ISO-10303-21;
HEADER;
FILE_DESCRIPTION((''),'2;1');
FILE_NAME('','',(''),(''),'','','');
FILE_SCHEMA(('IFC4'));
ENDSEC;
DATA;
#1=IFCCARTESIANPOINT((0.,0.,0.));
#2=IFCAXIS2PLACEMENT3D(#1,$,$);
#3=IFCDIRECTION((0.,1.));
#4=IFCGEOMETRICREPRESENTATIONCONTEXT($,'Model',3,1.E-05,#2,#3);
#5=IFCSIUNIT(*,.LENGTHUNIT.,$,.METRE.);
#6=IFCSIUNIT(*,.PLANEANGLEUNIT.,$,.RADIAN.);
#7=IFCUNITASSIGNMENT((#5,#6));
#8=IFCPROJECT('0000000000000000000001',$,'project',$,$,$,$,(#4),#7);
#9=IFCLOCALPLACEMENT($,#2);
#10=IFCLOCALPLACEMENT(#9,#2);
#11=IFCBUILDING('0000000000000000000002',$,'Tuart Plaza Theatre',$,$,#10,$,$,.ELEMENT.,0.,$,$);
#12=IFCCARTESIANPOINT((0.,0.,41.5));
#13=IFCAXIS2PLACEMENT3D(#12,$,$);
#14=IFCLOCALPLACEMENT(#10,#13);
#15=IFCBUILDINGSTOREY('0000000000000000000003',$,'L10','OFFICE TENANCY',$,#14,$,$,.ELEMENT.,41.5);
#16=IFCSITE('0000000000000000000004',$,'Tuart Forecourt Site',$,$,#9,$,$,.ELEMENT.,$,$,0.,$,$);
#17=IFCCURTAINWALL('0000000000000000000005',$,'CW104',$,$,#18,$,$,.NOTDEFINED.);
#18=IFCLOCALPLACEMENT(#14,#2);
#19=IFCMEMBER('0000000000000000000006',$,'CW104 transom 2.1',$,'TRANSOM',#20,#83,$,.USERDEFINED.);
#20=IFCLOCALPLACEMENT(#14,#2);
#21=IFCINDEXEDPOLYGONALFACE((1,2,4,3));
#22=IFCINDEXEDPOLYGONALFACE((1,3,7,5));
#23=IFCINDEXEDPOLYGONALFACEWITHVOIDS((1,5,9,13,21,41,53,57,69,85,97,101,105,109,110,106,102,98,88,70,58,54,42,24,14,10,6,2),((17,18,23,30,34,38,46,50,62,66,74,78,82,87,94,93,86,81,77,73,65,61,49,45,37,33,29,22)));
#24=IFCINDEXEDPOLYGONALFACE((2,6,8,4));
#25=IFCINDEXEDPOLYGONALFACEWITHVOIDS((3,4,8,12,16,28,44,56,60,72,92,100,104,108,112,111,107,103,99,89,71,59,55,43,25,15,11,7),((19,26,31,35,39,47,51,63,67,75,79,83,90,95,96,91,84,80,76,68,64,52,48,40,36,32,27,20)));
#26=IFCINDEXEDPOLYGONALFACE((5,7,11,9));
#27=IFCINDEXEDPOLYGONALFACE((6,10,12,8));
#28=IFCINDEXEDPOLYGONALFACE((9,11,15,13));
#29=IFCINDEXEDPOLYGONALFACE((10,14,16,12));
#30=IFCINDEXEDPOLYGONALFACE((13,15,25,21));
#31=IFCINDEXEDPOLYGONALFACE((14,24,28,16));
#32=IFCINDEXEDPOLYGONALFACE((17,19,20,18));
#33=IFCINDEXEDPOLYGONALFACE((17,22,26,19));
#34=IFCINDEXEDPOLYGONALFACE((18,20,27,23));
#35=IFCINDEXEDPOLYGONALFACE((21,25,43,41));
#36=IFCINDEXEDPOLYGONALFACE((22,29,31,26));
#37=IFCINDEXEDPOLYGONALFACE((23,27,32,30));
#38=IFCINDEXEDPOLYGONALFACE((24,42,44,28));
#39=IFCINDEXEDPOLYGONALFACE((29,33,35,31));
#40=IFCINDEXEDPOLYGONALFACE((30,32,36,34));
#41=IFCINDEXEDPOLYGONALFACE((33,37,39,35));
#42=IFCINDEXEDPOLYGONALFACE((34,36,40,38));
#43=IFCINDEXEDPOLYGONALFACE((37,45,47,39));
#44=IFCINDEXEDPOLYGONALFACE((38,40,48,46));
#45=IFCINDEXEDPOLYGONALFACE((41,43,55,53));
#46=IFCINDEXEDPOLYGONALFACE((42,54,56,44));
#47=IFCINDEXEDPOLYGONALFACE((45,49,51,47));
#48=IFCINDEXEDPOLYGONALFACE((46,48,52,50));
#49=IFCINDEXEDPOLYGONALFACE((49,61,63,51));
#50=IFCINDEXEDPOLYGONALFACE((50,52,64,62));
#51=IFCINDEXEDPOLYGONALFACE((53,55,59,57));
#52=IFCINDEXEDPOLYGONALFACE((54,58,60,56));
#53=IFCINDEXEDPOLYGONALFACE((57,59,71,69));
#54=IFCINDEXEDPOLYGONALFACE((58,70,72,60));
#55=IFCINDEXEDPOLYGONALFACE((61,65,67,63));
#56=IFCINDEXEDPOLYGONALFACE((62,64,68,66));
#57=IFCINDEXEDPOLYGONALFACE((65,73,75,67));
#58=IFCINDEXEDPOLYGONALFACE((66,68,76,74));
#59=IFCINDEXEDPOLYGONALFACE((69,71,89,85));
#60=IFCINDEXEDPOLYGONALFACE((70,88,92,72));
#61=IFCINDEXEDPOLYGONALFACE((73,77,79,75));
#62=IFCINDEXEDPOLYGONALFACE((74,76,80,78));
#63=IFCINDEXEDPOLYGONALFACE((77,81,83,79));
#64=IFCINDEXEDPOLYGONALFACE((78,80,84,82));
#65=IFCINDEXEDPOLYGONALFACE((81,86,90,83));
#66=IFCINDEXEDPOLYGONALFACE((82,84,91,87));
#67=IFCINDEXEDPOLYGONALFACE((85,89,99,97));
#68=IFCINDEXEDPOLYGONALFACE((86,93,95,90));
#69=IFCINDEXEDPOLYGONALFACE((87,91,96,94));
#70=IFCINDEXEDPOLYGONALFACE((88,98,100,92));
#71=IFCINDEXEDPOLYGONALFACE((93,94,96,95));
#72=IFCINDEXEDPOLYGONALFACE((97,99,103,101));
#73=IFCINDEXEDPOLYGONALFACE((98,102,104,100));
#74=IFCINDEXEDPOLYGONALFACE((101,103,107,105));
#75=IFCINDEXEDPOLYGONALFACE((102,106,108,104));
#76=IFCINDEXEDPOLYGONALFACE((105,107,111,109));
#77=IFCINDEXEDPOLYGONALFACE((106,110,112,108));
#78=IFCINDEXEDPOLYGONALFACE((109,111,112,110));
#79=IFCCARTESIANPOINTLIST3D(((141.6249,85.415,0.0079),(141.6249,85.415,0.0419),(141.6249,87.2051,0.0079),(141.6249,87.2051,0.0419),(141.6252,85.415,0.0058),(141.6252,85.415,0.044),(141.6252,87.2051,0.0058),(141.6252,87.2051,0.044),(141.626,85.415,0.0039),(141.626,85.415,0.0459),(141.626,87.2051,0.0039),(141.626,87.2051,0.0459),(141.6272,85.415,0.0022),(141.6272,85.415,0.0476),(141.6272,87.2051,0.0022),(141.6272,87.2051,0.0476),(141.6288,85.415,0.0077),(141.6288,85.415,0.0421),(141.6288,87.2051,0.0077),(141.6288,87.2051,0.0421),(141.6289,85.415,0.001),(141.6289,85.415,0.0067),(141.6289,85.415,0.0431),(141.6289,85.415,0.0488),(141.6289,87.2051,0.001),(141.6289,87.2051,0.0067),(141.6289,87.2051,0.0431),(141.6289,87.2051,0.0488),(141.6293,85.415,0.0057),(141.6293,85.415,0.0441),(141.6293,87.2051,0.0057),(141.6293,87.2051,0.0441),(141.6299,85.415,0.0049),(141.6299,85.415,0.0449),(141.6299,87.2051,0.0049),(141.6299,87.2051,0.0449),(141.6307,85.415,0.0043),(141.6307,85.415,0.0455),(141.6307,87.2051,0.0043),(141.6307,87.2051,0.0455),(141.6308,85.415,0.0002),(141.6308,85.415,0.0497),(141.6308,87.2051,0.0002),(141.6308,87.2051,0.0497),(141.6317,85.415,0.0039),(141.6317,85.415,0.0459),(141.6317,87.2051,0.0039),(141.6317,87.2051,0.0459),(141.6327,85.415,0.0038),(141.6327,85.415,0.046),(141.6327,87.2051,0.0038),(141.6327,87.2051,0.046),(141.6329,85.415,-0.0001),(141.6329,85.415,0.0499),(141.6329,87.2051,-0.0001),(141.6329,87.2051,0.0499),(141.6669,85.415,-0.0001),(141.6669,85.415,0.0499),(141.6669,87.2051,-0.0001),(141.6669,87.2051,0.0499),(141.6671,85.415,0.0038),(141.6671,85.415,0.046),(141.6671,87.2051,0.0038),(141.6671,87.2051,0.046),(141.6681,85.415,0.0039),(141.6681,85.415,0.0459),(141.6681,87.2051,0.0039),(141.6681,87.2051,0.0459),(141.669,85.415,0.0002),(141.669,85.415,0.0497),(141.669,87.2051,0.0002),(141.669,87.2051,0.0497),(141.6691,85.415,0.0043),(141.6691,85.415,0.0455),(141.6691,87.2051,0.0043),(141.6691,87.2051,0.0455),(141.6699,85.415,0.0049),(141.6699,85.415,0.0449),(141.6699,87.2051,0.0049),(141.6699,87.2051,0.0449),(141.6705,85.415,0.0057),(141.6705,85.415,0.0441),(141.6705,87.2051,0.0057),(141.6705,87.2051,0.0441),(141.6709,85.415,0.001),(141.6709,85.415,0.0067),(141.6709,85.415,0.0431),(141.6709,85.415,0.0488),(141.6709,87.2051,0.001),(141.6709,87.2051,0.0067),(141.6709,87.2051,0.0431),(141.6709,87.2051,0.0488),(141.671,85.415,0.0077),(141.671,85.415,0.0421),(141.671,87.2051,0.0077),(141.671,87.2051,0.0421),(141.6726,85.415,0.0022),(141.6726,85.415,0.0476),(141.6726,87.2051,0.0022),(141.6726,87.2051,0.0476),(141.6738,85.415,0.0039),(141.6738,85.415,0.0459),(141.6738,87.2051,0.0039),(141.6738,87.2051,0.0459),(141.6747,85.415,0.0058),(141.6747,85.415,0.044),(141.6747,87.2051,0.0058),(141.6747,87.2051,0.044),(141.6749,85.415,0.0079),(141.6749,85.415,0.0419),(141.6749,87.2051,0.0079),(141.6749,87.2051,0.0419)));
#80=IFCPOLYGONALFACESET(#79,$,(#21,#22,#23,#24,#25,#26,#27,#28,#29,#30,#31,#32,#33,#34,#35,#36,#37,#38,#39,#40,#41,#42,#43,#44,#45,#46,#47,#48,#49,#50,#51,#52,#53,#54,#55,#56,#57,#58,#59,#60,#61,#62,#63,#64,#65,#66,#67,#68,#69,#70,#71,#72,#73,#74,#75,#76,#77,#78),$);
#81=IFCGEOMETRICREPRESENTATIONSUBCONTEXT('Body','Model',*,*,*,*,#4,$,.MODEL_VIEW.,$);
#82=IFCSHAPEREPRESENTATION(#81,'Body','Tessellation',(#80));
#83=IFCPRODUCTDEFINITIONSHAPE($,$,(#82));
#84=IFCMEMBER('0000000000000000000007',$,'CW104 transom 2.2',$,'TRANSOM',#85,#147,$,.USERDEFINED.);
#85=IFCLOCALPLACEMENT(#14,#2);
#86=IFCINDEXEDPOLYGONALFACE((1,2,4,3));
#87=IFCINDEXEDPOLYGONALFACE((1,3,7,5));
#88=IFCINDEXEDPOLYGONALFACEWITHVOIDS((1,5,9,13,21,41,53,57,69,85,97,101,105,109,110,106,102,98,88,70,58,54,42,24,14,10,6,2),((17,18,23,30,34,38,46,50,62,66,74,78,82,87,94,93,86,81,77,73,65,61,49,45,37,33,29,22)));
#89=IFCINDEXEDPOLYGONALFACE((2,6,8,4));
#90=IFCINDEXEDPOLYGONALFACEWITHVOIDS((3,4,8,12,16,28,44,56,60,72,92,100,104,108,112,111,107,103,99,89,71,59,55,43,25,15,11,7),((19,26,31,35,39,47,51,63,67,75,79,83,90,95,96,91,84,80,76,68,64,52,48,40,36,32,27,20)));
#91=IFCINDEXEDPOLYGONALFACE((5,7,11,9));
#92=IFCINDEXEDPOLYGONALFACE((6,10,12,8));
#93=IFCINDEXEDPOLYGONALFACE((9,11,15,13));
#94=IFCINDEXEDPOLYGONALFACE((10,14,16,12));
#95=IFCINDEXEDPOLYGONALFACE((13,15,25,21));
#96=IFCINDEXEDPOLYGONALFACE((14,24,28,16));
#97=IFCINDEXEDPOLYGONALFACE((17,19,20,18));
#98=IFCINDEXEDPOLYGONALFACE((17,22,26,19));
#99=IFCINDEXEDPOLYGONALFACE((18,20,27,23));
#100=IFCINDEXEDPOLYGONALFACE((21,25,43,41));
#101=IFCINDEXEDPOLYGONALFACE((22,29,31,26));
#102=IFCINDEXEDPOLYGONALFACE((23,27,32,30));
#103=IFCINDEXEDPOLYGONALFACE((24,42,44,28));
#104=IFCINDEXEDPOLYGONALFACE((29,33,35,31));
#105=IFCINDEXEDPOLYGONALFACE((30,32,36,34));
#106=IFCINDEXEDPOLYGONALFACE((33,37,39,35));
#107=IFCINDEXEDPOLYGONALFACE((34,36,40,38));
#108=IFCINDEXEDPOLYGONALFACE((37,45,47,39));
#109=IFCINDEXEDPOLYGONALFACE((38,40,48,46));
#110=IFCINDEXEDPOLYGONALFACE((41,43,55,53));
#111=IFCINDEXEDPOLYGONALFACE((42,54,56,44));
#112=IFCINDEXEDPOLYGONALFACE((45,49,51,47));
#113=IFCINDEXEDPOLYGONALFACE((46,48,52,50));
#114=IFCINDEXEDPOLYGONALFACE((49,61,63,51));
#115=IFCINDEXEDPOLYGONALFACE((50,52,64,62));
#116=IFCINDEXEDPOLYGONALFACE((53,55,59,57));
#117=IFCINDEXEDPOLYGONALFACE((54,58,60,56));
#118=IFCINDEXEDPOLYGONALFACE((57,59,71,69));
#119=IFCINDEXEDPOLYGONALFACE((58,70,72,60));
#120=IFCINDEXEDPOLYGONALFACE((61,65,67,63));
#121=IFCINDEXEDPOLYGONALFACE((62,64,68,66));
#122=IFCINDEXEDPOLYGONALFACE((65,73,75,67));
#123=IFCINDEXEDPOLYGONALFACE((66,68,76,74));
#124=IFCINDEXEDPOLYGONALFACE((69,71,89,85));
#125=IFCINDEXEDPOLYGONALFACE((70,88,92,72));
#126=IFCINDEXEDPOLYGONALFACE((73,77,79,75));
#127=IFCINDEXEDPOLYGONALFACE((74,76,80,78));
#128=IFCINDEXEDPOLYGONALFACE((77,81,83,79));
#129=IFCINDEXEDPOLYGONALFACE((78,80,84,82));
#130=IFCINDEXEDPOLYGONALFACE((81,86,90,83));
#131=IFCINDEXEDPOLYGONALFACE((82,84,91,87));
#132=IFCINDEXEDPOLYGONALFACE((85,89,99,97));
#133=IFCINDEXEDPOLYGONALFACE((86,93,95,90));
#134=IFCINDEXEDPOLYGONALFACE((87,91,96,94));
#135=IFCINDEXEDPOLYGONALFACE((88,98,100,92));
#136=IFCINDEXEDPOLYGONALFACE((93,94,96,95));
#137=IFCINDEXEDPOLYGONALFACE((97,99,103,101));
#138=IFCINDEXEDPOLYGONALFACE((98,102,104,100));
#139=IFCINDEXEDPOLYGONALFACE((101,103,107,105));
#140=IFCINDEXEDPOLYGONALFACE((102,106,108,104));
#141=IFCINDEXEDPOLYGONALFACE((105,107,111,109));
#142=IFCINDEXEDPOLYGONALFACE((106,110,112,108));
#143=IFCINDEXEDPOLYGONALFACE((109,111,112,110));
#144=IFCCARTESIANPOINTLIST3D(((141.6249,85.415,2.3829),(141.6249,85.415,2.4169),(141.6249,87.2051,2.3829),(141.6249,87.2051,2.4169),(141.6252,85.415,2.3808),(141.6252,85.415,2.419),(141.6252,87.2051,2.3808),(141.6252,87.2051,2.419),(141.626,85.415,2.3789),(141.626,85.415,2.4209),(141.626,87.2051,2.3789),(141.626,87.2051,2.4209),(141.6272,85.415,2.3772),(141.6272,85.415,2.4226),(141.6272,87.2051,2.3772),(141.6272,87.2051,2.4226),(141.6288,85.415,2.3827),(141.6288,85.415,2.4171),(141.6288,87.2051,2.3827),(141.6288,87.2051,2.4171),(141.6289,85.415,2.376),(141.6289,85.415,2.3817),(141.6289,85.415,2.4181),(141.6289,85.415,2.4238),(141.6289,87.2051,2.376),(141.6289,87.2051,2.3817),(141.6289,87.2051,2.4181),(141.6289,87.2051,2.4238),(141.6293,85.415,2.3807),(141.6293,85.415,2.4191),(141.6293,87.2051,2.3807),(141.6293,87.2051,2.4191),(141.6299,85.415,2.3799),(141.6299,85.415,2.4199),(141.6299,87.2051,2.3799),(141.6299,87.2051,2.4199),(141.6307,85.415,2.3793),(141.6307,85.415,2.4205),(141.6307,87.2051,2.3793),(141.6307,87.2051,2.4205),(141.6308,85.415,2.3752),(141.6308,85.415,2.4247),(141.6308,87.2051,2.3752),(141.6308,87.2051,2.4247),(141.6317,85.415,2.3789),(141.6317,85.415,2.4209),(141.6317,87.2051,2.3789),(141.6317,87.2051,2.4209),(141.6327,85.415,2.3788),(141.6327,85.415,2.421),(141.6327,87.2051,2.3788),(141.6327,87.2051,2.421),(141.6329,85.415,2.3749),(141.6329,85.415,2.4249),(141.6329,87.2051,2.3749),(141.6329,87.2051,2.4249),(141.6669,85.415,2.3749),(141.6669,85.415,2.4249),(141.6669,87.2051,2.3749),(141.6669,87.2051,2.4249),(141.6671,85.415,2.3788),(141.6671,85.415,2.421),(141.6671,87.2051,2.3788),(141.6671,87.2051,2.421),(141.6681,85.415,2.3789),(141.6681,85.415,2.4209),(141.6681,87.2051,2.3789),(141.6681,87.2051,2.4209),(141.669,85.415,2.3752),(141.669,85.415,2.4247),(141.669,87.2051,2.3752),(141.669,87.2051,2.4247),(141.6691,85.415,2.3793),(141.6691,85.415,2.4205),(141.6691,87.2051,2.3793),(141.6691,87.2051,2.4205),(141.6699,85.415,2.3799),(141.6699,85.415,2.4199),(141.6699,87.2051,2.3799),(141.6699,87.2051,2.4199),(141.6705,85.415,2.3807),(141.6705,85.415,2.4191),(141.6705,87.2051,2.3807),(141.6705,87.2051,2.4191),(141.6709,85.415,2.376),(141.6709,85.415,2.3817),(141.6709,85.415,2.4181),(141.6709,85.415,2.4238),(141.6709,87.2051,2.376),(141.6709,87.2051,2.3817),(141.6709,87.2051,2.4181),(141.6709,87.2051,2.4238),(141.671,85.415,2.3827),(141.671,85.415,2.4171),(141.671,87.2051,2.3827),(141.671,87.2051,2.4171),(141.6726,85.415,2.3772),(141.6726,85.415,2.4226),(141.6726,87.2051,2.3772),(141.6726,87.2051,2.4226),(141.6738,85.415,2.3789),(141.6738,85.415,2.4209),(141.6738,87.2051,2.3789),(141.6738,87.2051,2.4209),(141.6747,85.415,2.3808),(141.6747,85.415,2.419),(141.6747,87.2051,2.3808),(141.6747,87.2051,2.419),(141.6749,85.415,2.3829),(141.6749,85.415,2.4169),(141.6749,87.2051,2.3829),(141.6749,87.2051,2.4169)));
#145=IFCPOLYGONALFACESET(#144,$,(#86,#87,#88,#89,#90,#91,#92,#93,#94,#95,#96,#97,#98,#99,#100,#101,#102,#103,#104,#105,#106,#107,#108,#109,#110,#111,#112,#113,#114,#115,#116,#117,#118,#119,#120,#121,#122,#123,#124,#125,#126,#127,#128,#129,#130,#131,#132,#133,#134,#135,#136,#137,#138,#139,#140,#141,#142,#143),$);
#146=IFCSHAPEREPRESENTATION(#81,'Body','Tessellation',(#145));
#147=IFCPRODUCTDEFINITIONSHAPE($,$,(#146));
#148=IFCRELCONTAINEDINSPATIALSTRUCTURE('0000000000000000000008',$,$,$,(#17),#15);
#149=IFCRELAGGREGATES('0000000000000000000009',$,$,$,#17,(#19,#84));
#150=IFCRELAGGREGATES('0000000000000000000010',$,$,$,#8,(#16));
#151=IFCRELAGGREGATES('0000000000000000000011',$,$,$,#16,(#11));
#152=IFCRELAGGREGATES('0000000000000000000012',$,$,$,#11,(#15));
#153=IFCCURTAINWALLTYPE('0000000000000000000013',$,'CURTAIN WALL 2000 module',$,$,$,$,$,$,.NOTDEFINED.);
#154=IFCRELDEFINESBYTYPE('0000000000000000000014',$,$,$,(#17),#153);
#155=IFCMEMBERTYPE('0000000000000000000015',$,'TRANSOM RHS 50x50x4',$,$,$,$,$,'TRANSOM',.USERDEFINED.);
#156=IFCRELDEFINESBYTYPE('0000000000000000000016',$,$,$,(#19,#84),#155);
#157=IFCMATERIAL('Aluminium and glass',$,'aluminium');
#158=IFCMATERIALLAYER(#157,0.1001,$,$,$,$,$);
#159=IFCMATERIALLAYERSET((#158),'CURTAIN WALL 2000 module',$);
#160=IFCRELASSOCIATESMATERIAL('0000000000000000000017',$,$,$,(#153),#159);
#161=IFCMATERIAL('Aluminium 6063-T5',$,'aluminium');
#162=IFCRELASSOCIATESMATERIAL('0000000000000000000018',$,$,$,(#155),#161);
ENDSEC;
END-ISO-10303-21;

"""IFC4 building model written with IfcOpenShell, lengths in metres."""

from ifc_helpers import new_model, si_unit, direction, frame, origin, origin_2d, place, context, subcontext, project, spatial, hollow_rectangle, extrude, material, layer, layer_set, material_profile, profile_set, type_object, element, aggregate, save


model = new_model("IFC4")

# Units and contexts
model_context = context("Model", 3, precision=1e-05, world=origin(), true_north=direction((0.0, 1.0)))
body_context = subcontext(model_context, "Body", "Model", "MODEL_VIEW")
ifc_project = project(units=[si_unit("LENGTHUNIT", "METRE"), si_unit("PLANEANGLEUNIT", "RADIAN")], contexts=[model_context])

# Site, building, storey
site_placement = place(None, origin())
site = spatial("IfcSite", under=ifc_project, at=site_placement, Name="Tuart Forecourt Site", CompositionType="ELEMENT", RefElevation=0.0)
building_placement = place(site_placement, origin())
building = spatial("IfcBuilding", under=site, at=building_placement, Name="Tuart Plaza Theatre", CompositionType="ELEMENT", ElevationOfRefHeight=0.0)
storey_placement = place(building_placement, frame((0.0, 0.0, 41.5)))
storey = spatial("IfcBuildingStorey", under=building, at=storey_placement, Name="L10", Description="OFFICE TENANCY", CompositionType="ELEMENT", Elevation=41.5)

# Curtain wall, members
ifc_material_1 = material(Name="Aluminium and glass", Category="aluminium")
ifc_layer_1 = layer(ifc_material_1, 0.1001)
ifc_layer_set_1 = layer_set([ifc_layer_1], Name="CURTAIN WALL 2000 module")
curtain_wall_type = type_object("IfcCurtainWallType", Name="CURTAIN WALL 2000 module", PredefinedType="NOTDEFINED", material=ifc_layer_set_1)
curtain_wall_placement = place(storey_placement, origin())
curtain_wall = element("IfcCurtainWall", 1, at=curtain_wall_placement, inside=storey, type_object=curtain_wall_type, Name="CW104", PredefinedType="NOTDEFINED")
ifc_material_2 = material(Name="Aluminium 6063-T5", Category="aluminium")
ifc_material_profile_1 = material_profile(ifc_material_2, hollow_rectangle(XDim=0.05, YDim=0.05, WallThickness=0.0039, InnerFilletRadius=0.0039, OuterFilletRadius=0.0081, at=origin_2d()), Name="RHS 50x50x4")
ifc_profile_set_1 = profile_set([ifc_material_profile_1], Name="Aluminium 6063-T5")
member_type_1 = type_object("IfcMemberType", Name="TRANSOM RHS 50x50x4", ElementType="TRANSOM", PredefinedType="USERDEFINED", material=ifc_profile_set_1)
member_1_placement = place(storey_placement, frame((141.6499, 85.415, 0.0249), z_axis=(0.0, 1.0, 0.0), x_axis=(-1.0, 0.0, 0.0)))
member_1 = element("IfcMember", 2, at=member_1_placement, type_object=member_type_1, Name="CW104 transom 2.1", ObjectType="TRANSOM", PredefinedType="USERDEFINED", context=body_context, shape_type="SweptSolid", body=[
    extrude(hollow_rectangle(XDim=0.05, YDim=0.05, WallThickness=0.0039, InnerFilletRadius=0.0039, OuterFilletRadius=0.0081, at=origin_2d()), origin(), (0.0, 0.0, 1.0), 1.79),
])
member_2_placement = place(storey_placement, frame((141.6499, 85.415, 2.3999), z_axis=(0.0, 1.0, 0.0), x_axis=(-1.0, 0.0, 0.0)))
member_2 = element("IfcMember", 3, at=member_2_placement, type_object=member_type_1, Name="CW104 transom 2.2", ObjectType="TRANSOM", PredefinedType="USERDEFINED", context=body_context, shape_type="SweptSolid", body=[
    extrude(hollow_rectangle(XDim=0.05, YDim=0.05, WallThickness=0.0039, InnerFilletRadius=0.0039, OuterFilletRadius=0.0081, at=origin_2d()), origin(), (0.0, 0.0, 1.0), 1.79),
])
aggregate(curtain_wall, [member_1, member_2])

save(model, "model.ifc")
